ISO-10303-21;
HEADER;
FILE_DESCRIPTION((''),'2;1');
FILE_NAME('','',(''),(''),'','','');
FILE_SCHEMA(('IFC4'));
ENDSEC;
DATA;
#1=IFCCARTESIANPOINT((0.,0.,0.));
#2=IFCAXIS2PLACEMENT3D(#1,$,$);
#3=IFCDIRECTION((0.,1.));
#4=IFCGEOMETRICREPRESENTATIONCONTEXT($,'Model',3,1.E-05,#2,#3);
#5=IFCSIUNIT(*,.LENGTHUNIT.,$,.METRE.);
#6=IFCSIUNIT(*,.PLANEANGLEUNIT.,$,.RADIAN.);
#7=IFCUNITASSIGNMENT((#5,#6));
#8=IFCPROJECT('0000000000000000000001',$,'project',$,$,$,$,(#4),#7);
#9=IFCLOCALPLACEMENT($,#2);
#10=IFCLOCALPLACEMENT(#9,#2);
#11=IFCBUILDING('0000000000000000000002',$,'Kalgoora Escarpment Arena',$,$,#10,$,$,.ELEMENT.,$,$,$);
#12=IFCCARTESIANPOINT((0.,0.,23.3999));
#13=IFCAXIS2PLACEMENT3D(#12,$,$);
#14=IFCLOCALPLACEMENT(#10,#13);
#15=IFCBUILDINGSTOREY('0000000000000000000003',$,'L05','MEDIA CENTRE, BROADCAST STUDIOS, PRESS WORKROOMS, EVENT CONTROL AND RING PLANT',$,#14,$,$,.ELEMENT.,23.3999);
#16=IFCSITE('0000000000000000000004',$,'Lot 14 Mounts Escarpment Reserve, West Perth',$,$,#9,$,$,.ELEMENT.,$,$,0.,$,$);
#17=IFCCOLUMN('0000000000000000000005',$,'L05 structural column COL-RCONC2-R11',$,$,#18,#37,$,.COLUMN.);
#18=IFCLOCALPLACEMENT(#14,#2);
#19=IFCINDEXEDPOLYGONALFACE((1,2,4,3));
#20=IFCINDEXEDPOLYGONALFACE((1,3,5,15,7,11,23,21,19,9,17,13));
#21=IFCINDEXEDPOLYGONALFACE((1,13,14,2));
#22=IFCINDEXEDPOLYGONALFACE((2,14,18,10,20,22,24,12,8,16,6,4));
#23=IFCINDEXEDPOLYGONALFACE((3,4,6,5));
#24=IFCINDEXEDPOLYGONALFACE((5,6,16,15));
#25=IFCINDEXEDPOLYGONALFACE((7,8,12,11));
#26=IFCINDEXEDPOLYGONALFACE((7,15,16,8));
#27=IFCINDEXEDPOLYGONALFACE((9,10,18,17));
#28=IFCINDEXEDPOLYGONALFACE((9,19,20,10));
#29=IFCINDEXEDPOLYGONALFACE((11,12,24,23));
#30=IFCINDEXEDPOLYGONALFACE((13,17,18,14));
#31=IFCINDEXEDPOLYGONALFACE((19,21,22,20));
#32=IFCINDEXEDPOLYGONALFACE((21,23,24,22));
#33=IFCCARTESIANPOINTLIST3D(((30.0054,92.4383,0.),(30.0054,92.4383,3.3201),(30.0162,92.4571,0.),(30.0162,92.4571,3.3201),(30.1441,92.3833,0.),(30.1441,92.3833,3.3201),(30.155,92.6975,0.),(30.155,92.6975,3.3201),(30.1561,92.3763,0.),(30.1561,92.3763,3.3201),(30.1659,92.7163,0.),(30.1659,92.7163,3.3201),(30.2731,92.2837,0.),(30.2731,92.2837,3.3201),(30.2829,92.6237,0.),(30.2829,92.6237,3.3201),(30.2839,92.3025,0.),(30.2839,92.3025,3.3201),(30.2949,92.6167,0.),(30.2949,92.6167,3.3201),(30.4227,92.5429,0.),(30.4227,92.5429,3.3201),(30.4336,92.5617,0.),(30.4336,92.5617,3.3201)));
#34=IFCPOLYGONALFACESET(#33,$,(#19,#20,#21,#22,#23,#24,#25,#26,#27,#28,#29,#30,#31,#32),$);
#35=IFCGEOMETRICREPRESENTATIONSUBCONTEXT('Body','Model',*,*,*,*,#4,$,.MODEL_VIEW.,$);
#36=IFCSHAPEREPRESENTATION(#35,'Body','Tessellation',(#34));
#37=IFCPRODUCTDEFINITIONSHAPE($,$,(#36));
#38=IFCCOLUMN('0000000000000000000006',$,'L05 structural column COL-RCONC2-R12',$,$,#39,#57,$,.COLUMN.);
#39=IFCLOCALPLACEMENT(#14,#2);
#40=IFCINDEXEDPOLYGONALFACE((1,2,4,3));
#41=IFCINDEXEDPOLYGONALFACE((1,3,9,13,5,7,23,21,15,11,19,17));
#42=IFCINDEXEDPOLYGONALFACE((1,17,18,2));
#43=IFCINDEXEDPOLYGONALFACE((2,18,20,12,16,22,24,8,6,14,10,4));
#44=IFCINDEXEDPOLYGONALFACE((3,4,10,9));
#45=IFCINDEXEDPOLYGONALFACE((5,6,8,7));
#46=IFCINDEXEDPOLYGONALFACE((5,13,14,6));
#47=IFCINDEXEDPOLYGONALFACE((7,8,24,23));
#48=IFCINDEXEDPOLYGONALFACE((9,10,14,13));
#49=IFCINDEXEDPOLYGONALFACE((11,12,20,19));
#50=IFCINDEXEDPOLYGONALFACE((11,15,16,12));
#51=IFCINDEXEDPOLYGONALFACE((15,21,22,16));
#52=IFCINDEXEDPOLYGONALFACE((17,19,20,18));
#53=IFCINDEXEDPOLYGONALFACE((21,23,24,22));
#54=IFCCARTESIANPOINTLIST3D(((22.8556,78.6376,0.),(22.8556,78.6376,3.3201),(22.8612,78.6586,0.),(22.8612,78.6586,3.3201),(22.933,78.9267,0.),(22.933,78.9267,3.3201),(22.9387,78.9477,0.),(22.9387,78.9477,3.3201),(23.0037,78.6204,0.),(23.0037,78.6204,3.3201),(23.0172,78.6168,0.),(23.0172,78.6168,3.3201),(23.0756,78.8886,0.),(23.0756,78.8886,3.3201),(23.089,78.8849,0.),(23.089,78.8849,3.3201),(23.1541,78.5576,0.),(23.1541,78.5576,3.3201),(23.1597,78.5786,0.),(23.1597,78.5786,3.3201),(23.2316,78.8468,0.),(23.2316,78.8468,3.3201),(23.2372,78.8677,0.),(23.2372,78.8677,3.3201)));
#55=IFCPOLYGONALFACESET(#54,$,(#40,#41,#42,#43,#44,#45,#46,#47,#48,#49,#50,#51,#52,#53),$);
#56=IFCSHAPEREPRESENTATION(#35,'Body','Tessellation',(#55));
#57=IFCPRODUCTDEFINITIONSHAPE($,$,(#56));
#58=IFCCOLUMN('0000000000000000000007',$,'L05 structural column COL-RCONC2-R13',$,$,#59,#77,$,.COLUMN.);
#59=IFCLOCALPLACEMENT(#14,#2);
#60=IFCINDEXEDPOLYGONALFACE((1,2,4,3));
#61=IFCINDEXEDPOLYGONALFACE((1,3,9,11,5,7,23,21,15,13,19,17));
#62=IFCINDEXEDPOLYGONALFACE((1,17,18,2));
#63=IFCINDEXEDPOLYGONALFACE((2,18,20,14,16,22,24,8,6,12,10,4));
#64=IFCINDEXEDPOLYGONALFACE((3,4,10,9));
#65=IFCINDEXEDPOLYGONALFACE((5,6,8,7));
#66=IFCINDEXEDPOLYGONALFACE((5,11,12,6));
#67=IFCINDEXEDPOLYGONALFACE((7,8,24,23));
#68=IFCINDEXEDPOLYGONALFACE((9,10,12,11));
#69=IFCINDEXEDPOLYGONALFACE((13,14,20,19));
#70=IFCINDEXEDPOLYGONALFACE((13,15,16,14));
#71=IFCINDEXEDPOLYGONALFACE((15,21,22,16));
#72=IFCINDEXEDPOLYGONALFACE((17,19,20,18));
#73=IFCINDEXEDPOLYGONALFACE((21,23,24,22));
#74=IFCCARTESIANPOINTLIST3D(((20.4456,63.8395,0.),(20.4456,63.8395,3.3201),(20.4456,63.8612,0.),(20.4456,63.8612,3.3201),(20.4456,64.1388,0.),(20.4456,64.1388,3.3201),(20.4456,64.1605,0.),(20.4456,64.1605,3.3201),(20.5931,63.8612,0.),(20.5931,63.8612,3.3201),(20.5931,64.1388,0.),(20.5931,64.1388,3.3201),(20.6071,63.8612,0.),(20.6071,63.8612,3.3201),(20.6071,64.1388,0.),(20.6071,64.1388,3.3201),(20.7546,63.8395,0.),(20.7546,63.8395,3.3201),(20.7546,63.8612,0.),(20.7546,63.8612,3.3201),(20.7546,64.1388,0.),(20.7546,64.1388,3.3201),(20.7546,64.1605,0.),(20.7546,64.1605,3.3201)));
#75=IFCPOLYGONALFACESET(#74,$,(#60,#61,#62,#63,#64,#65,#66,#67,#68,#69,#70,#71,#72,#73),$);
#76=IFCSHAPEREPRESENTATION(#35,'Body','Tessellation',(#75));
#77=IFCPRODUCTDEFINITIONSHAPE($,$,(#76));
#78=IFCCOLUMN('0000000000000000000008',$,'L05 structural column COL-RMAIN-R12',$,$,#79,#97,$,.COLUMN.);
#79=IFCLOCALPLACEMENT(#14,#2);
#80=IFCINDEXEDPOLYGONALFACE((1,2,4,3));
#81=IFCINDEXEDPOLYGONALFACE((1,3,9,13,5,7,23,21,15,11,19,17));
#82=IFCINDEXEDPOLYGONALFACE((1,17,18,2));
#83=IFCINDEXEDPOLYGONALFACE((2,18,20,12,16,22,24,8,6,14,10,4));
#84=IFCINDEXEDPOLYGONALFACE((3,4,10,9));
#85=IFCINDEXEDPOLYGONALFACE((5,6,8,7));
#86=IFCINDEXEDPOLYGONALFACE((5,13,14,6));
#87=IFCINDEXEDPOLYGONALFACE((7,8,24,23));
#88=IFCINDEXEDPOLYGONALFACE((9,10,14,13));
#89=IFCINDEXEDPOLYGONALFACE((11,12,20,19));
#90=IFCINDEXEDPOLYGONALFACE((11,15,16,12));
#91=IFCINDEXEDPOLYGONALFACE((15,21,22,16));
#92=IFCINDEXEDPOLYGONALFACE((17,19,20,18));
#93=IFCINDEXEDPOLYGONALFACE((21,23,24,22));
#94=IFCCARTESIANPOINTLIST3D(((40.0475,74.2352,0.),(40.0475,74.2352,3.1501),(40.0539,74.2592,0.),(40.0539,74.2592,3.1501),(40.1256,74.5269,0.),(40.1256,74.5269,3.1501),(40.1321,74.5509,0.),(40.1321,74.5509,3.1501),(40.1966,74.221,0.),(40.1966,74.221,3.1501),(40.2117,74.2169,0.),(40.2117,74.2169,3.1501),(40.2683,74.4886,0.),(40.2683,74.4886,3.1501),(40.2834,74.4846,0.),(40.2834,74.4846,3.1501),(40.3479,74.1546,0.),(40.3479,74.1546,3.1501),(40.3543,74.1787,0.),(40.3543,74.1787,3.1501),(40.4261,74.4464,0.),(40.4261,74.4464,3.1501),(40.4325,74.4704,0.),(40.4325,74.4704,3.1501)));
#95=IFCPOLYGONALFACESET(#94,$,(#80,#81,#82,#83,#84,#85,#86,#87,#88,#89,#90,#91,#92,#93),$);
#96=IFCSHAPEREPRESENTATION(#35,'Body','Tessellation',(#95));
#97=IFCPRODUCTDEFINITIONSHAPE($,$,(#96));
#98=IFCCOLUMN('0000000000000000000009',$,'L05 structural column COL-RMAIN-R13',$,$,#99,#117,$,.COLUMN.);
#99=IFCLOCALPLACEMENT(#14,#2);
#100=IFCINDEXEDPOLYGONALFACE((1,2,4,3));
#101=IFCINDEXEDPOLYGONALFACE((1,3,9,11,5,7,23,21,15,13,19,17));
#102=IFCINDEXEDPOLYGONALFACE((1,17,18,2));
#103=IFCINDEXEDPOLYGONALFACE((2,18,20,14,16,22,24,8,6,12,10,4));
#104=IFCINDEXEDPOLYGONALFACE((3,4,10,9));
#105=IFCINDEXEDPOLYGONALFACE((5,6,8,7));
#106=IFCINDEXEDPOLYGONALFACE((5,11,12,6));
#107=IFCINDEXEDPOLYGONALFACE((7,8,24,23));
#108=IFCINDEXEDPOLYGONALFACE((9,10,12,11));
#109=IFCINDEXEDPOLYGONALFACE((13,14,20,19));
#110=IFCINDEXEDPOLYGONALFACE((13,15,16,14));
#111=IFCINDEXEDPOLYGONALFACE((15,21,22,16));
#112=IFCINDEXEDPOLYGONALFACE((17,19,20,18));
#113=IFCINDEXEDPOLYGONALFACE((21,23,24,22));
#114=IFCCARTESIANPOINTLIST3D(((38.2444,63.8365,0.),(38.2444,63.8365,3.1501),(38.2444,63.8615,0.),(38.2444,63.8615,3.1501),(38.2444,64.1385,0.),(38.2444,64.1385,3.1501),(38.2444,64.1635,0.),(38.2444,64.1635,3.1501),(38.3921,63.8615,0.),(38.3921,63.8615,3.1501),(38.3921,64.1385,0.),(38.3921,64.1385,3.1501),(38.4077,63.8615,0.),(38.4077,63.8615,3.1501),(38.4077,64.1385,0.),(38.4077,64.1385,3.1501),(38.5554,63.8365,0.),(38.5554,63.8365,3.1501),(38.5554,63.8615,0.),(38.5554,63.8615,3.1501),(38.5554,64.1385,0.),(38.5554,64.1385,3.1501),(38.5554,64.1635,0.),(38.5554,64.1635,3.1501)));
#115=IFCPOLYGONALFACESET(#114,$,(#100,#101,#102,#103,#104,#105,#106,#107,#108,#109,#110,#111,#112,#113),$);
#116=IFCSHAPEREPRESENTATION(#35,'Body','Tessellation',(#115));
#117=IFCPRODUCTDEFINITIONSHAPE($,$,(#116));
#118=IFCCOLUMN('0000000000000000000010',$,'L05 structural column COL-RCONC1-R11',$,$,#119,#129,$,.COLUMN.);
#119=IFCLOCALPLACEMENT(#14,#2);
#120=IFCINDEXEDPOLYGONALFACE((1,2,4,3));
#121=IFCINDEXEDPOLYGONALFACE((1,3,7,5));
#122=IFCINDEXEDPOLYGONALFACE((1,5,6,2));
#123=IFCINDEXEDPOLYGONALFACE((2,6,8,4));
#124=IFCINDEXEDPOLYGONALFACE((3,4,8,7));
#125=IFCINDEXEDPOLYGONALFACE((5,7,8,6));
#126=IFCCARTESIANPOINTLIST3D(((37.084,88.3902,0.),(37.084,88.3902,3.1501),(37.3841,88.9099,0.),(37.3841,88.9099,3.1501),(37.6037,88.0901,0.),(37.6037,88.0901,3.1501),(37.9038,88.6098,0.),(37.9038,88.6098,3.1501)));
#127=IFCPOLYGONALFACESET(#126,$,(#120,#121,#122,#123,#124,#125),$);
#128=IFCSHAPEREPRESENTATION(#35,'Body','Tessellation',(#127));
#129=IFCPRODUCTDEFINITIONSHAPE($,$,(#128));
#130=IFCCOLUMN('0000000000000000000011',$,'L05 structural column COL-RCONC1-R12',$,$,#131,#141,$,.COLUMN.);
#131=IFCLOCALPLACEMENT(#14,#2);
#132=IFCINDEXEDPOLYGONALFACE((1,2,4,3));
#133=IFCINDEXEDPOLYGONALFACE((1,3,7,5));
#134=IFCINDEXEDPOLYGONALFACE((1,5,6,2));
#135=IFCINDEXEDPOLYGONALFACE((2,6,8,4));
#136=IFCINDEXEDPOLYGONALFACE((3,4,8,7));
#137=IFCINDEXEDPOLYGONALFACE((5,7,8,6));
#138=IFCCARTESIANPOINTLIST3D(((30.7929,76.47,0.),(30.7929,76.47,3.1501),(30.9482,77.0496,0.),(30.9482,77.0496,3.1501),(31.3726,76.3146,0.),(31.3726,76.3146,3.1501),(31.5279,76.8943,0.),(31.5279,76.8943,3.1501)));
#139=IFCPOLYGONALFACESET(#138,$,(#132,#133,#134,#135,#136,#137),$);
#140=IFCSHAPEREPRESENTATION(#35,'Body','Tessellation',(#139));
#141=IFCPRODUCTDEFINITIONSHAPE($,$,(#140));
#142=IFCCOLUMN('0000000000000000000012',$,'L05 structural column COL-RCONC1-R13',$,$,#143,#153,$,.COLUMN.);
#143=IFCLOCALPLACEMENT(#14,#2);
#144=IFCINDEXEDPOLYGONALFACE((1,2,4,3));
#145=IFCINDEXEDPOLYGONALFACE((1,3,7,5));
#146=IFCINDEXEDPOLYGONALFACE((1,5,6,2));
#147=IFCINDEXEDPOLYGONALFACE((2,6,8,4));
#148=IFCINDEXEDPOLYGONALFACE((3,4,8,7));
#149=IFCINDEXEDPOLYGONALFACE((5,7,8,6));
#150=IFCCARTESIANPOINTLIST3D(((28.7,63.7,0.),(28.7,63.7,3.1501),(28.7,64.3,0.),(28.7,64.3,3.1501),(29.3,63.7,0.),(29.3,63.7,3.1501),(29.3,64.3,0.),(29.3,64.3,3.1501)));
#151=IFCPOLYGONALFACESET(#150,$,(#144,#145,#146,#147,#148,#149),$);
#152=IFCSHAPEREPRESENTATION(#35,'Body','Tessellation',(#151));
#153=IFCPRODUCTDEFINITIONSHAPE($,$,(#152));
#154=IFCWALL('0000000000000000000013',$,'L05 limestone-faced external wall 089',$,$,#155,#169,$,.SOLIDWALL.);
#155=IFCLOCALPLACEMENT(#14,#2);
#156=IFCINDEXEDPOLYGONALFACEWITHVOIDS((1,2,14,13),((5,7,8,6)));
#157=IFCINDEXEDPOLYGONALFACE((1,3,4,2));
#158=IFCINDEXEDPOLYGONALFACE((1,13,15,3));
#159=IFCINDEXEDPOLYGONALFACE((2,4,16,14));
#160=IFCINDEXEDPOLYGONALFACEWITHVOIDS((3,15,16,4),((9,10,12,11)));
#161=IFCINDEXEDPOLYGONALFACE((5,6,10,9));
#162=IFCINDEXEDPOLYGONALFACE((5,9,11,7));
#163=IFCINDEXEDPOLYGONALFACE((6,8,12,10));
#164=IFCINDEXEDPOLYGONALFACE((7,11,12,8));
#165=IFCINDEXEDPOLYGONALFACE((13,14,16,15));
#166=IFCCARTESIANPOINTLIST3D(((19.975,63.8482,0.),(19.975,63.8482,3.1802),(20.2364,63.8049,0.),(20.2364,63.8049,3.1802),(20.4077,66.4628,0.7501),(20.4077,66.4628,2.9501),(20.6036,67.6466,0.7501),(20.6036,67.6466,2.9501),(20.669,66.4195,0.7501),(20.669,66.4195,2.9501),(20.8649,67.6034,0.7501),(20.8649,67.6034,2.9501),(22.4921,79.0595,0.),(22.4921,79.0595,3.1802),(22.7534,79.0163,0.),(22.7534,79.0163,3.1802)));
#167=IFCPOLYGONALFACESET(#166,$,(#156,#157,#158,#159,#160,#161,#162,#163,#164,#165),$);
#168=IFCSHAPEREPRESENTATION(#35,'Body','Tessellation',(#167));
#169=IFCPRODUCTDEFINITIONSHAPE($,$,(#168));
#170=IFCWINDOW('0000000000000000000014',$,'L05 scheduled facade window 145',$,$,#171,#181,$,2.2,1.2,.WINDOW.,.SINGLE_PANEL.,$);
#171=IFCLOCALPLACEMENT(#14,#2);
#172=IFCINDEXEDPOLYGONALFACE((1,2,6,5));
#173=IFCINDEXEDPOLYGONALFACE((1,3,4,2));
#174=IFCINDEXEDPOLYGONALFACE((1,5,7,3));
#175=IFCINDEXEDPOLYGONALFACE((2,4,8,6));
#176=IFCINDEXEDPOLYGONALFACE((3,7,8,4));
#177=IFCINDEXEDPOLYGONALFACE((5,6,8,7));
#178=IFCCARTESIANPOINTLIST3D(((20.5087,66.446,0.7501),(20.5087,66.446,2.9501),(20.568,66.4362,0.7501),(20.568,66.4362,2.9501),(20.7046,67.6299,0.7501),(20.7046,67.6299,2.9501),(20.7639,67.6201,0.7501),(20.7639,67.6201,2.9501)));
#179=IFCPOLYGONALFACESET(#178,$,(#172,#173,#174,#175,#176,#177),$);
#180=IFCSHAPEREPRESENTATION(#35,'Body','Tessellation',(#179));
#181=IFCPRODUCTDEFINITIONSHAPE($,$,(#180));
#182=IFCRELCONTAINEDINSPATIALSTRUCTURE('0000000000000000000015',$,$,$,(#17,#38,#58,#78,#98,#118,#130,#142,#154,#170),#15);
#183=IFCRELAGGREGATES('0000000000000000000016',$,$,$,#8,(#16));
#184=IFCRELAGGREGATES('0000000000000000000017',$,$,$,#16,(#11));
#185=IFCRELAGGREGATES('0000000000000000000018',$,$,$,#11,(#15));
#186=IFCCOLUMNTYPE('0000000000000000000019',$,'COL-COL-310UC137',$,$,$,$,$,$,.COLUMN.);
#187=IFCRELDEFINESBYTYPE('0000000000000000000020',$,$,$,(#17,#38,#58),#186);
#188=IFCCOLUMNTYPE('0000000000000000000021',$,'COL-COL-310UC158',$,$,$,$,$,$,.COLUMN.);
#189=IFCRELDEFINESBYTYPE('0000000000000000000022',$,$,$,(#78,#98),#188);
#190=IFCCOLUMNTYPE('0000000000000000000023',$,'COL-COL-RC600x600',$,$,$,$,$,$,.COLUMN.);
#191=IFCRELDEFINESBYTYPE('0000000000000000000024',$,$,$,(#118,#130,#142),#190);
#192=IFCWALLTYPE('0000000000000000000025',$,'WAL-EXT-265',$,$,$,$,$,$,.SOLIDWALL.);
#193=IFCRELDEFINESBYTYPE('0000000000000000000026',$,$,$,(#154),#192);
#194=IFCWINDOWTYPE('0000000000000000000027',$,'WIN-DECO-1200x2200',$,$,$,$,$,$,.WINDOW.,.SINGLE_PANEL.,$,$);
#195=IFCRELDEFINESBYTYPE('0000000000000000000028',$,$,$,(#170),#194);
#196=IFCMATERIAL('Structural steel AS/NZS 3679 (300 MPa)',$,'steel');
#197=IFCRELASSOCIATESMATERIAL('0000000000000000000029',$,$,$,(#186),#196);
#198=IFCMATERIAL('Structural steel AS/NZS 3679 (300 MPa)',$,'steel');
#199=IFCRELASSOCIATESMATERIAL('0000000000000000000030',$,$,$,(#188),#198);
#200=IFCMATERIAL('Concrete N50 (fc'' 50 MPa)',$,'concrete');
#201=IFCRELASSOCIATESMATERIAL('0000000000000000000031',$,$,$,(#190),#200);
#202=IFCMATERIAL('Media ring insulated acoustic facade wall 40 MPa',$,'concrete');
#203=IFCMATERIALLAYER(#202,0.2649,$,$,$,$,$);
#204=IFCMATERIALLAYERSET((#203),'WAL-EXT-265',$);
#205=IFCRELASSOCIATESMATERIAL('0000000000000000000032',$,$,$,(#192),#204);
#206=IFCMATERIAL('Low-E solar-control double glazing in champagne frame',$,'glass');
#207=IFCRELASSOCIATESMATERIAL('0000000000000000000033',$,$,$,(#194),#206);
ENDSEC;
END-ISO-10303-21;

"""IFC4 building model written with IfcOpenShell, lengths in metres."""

from ifc_helpers import new_model, si_unit, direction, frame, frame_2d, origin, origin_2d, place, context, subcontext, project, spatial, rectangle, i_section, extrude, material, layer, layer_set, material_profile, profile_set, type_object, element, fill, save


model = new_model("IFC4")

# Units and contexts
model_context = context("Model", 3, precision=1e-05, world=origin(), true_north=direction((0.0, 1.0)))
body_context = subcontext(model_context, "Body", "Model", "MODEL_VIEW")
ifc_project = project(units=[si_unit("LENGTHUNIT", "METRE"), si_unit("PLANEANGLEUNIT", "RADIAN")], contexts=[model_context])

# Site, building, storey
site_placement = place(None, origin())
site = spatial("IfcSite", under=ifc_project, at=site_placement, Name="Lot 14 Mounts Escarpment Reserve, West Perth", CompositionType="ELEMENT", RefElevation=0.0)
building_placement = place(site_placement, origin())
building = spatial("IfcBuilding", under=site, at=building_placement, Name="Kalgoora Escarpment Arena", CompositionType="ELEMENT")
storey_placement = place(building_placement, frame((0.0, 0.0, 23.3999)))
storey = spatial("IfcBuildingStorey", under=building, at=storey_placement, Name="L05", Description="MEDIA CENTRE, BROADCAST STUDIOS, PRESS WORKROOMS, EVENT CONTROL AND RING PLANT", CompositionType="ELEMENT", Elevation=23.3999)

# Columns
ifc_material_1 = material(Name="Structural steel AS/NZS 3679 (300 MPa)", Category="steel")
ifc_material_profile_1 = material_profile(ifc_material_1, i_section(OverallWidth=0.3091, OverallDepth=0.321, WebThickness=0.0139, FlangeThickness=0.0217, at=origin_2d()))
ifc_profile_set_1 = profile_set([ifc_material_profile_1], Name="Structural steel AS/NZS 3679 (300 MPa)")
column_type_1 = type_object("IfcColumnType", Name="COL-COL-310UC137", PredefinedType="COLUMN", material=ifc_profile_set_1)
for number, where, z_axis, x_axis, name in (
    (1, (30.2195, 92.5, 0.0), (0.0, 0.0, 1.0), (-0.866025, 0.5, 0.0), "L05 structural column COL-RCONC2-R11"),
    (2, (23.0464, 78.7527, 0.0), (0.0, 0.0, 1.0), (-0.965926, 0.258819, 0.0), "L05 structural column COL-RCONC2-R12"),
    (3, (20.6001, 64.0, 0.0), (0.0, 0.0, 1.0), (-1.0, 0.0, 0.0), "L05 structural column COL-RCONC2-R13"),
):
    element("IfcColumn", number, at=place(storey_placement, frame(where, z_axis=z_axis, x_axis=x_axis)), inside=storey, type_object=column_type_1, Name=name, PredefinedType="COLUMN", context=body_context, shape_type="SweptSolid", body=[
        extrude(i_section(OverallWidth=0.3091, OverallDepth=0.321, WebThickness=0.0139, FlangeThickness=0.0217, at=origin_2d()), origin(), (0.0, 0.0, 1.0), 3.3201),
    ])
ifc_material_2 = material(Name="Structural steel AS/NZS 3679 (300 MPa)", Category="steel")
ifc_material_profile_2 = material_profile(ifc_material_2, i_section(OverallWidth=0.311, OverallDepth=0.3269, WebThickness=0.0156, FlangeThickness=0.0249, at=origin_2d()))
ifc_profile_set_2 = profile_set([ifc_material_profile_2], Name="Structural steel AS/NZS 3679 (300 MPa)")
column_type_2 = type_object("IfcColumnType", Name="COL-COL-310UC158", PredefinedType="COLUMN", material=ifc_profile_set_2)
for number, where, z_axis, x_axis, name in (
    (4, (40.24, 74.3528, 0.0), (0.0, 0.0, 1.0), (-0.965926, 0.258819, 0.0), "L05 structural column COL-RMAIN-R12"),
    (5, (38.3999, 64.0, 0.0), (0.0, 0.0, 1.0), (-1.0, 0.0, 0.0), "L05 structural column COL-RMAIN-R13"),
):
    element("IfcColumn", number, at=place(storey_placement, frame(where, z_axis=z_axis, x_axis=x_axis)), inside=storey, type_object=column_type_2, Name=name, PredefinedType="COLUMN", context=body_context, shape_type="SweptSolid", body=[
        extrude(i_section(OverallWidth=0.311, OverallDepth=0.3269, WebThickness=0.0156, FlangeThickness=0.0249, at=origin_2d()), origin(), (0.0, 0.0, 1.0), 3.1501),
    ])
ifc_material_3 = material(Name="Concrete N50 (fc' 50 MPa)", Category="concrete")
ifc_material_profile_3 = material_profile(ifc_material_3, rectangle(XDim=0.6001, YDim=0.6001, at=origin_2d()))
ifc_profile_set_3 = profile_set([ifc_material_profile_3], Name="Concrete N50 (fc' 50 MPa)")
column_type_3 = type_object("IfcColumnType", Name="COL-COL-RC600x600", PredefinedType="COLUMN", material=ifc_profile_set_3)
for number, where, z_axis, x_axis, name in (
    (6, (37.4939, 88.5, 0.0), (0.0, 0.0, 1.0), (-0.866025, 0.5, 0.0), "L05 structural column COL-RCONC1-R11"),
    (7, (31.1604, 76.6821, 0.0), (0.0, 0.0, 1.0), (-0.965926, 0.258819, 0.0), "L05 structural column COL-RCONC1-R12"),
    (8, (29.0, 64.0, 0.0), (0.0, 0.0, 1.0), (-1.0, 0.0, 0.0), "L05 structural column COL-RCONC1-R13"),
):
    element("IfcColumn", number, at=place(storey_placement, frame(where, z_axis=z_axis, x_axis=x_axis)), inside=storey, type_object=column_type_3, Name=name, PredefinedType="COLUMN", context=body_context, shape_type="SweptSolid", body=[
        extrude(rectangle(XDim=0.6001, YDim=0.6001, at=origin_2d()), origin(), (0.0, 0.0, 1.0), 3.1501),
    ])

# Wall, opening, window
ifc_material_4 = material(Name="Media ring insulated acoustic facade wall 40 MPa", Category="concrete")
ifc_layer_1 = layer(ifc_material_4, 0.2649)
ifc_layer_set_1 = layer_set([ifc_layer_1], Name="WAL-EXT-265")
wall_type_1 = type_object("IfcWallType", Name="WAL-EXT-265", PredefinedType="SOLIDWALL", material=ifc_layer_set_1)
wall_1_placement = place(storey_placement, frame((20.1057, 63.8267, 0.0), z_axis=(0.0, 0.0, 1.0), x_axis=(0.163254, 0.986584, 0.0)))
wall_1 = element("IfcWall", 9, at=wall_1_placement, inside=storey, type_object=wall_type_1, Name="L05 limestone-faced external wall 089", PredefinedType="SOLIDWALL", context=body_context, shape_type="SweptSolid", body=[
    extrude(rectangle(XDim=15.4182, YDim=0.2649, at=frame_2d((7.709, 0.0))), origin(), (0.0, 0.0, 1.0), 3.1802),
])
opening_1_placement = place(wall_1_placement, frame((2.6499, 0.0, 0.75)))
opening_1 = element("IfcOpeningElement", 10, at=opening_1_placement, cuts=wall_1, PredefinedType="OPENING", context=body_context, shape_type="SweptSolid", body=[
    extrude(rectangle(XDim=1.2, YDim=2.2, at=frame_2d((0.6001, 1.1001))), frame((0.0, 0.1423, 0.0), z_axis=(0.0, -1.0, 0.0), x_axis=(1.0, 0.0, 0.0)), (0.0, 0.0, 1.0), 0.2849),
])
ifc_material_5 = material(Name="Low-E solar-control double glazing in champagne frame", Category="glass")
window_type_1 = type_object("IfcWindowType", Name="WIN-DECO-1200x2200", PartitioningType="SINGLE_PANEL", PredefinedType="WINDOW", material=ifc_material_5)
window_1_placement = place(opening_1_placement, origin())
window_1 = element("IfcWindow", 11, at=window_1_placement, inside=storey, type_object=window_type_1, Name="L05 scheduled facade window 145", OverallHeight=2.2, OverallWidth=1.2, PartitioningType="SINGLE_PANEL", PredefinedType="WINDOW", context=body_context, shape_type="SweptSolid", body=[
    extrude(rectangle(XDim=1.2, YDim=2.2, at=frame_2d((0.6001, 1.1001))), frame((0.0, 0.03, 0.0), z_axis=(0.0, -1.0, 0.0), x_axis=(1.0, 0.0, 0.0)), (0.0, 0.0, 1.0), 0.0601),
])
fill(opening_1, window_1)

save(model, "model.ifc")
